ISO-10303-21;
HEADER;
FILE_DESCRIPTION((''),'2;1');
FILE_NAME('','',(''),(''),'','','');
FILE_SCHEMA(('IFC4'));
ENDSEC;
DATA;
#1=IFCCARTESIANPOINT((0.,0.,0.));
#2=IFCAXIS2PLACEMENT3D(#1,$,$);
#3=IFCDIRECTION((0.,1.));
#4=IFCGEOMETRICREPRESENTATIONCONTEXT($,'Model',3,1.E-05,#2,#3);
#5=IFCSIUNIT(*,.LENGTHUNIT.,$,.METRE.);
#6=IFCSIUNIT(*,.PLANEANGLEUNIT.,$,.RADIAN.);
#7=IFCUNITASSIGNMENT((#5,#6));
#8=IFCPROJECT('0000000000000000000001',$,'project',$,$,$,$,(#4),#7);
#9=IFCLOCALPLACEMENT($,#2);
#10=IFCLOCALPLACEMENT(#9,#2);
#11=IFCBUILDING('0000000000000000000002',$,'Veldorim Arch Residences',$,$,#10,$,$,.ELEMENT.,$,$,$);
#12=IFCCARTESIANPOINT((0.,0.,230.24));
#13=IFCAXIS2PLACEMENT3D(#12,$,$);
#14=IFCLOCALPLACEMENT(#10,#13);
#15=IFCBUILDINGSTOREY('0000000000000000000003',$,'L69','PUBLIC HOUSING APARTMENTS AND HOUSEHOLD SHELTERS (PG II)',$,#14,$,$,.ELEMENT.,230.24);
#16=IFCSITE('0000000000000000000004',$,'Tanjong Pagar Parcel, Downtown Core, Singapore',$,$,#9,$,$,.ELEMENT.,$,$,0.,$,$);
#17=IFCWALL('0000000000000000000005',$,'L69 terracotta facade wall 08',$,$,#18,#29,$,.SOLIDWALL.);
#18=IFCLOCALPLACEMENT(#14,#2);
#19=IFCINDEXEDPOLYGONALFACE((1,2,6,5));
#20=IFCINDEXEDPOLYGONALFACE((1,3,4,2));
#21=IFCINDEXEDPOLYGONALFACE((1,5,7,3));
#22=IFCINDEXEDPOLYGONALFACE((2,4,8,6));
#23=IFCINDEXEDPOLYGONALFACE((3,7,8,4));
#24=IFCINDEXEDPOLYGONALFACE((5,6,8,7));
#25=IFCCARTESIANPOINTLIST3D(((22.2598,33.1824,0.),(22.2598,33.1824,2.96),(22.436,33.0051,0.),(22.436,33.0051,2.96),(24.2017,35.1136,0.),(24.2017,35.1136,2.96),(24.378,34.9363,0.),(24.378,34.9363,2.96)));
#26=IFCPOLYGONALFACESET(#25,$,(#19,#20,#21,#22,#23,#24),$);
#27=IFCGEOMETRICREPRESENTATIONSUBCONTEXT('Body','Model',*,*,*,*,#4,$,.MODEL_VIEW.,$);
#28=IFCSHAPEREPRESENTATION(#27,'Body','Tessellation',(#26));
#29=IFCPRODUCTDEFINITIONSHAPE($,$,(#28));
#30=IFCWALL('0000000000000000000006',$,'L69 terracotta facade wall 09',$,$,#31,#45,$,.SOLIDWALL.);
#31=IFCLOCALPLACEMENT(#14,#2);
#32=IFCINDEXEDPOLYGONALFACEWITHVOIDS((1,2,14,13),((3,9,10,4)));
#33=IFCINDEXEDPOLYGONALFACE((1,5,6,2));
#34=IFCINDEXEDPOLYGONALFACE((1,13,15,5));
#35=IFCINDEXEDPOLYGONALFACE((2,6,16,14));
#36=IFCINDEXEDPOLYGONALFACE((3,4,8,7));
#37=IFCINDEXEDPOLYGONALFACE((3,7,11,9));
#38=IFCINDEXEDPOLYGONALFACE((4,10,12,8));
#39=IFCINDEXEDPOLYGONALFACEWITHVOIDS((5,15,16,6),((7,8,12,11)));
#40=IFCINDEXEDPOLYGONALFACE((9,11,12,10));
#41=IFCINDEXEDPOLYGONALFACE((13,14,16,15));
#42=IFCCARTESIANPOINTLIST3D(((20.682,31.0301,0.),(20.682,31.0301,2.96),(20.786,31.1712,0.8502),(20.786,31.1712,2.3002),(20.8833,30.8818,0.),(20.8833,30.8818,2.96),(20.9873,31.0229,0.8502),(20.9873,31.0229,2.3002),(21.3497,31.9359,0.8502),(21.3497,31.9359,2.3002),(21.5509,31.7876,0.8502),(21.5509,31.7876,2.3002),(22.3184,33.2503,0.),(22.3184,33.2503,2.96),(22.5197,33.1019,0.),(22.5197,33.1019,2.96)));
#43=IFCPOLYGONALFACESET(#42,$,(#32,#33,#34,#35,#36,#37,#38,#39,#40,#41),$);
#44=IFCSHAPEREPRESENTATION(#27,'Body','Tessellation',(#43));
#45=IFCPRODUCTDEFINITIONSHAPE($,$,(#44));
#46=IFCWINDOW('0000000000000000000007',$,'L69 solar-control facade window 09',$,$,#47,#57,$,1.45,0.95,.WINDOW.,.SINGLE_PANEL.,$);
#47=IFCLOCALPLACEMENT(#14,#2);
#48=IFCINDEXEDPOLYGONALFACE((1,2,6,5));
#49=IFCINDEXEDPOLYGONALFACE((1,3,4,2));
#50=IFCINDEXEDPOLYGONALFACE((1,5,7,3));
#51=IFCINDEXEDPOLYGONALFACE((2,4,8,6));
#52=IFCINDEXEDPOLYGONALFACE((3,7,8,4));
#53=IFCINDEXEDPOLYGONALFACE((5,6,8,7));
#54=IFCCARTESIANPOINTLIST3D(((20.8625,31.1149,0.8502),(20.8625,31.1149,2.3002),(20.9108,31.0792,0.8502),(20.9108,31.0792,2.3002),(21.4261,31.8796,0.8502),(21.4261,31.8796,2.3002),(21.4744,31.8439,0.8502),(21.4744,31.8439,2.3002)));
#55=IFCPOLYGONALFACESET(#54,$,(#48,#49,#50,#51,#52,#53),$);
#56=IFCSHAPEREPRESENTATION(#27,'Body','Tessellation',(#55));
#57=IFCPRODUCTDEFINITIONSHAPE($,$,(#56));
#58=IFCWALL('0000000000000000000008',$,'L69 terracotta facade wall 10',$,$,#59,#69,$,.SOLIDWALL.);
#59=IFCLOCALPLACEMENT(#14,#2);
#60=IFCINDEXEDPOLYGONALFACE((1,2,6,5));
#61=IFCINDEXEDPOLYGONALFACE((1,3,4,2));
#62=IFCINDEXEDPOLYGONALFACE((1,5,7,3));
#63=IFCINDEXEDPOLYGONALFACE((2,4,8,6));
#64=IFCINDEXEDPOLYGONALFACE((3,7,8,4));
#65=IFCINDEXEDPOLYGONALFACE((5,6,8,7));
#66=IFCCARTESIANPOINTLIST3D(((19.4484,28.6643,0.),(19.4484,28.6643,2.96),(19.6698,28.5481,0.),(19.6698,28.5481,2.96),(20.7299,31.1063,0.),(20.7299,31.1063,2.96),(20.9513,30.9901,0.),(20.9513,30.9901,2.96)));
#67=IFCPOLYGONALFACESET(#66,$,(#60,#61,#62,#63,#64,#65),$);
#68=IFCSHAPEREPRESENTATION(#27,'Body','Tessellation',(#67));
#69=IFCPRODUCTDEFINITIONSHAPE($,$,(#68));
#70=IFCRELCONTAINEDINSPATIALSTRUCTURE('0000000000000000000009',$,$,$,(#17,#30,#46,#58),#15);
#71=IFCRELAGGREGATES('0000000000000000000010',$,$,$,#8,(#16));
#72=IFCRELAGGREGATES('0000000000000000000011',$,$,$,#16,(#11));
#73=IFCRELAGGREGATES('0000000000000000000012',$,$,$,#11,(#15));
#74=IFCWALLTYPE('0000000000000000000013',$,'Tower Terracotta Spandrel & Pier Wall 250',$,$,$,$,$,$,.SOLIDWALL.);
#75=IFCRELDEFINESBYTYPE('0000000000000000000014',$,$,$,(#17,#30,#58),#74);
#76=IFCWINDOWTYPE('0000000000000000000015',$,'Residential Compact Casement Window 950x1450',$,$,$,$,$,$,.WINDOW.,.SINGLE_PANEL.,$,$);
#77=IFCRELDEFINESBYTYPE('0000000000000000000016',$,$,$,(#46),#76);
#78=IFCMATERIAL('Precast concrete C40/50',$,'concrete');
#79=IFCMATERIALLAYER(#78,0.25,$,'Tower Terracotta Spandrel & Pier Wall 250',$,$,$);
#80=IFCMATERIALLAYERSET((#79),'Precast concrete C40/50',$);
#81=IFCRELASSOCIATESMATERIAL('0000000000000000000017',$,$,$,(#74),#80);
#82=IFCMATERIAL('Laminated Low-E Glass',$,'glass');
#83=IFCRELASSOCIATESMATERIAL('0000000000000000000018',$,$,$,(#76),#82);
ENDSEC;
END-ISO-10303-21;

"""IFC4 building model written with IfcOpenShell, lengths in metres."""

from ifc_helpers import new_model, si_unit, direction, frame, frame_2d, origin, place, context, subcontext, project, spatial, rectangle, extrude, material, layer, layer_set, type_object, element, fill, save


model = new_model("IFC4")

# Units and contexts
model_context = context("Model", 3, precision=1e-05, world=origin(), true_north=direction((0.0, 1.0)))
body_context = subcontext(model_context, "Body", "Model", "MODEL_VIEW")
ifc_project = project(units=[si_unit("LENGTHUNIT", "METRE"), si_unit("PLANEANGLEUNIT", "RADIAN")], contexts=[model_context])

# Site, building, storey
site_placement = place(None, origin())
site = spatial("IfcSite", under=ifc_project, at=site_placement, Name="Tanjong Pagar Parcel, Downtown Core, Singapore", CompositionType="ELEMENT", RefElevation=0.0)
building_placement = place(site_placement, origin())
building = spatial("IfcBuilding", under=site, at=building_placement, Name="Veldorim Arch Residences", CompositionType="ELEMENT")
storey_placement = place(building_placement, frame((0.0, 0.0, 230.24)))
storey = spatial("IfcBuildingStorey", under=building, at=storey_placement, Name="L69", Description="PUBLIC HOUSING APARTMENTS AND HOUSEHOLD SHELTERS (PG II)", CompositionType="ELEMENT", Elevation=230.24)

# Shared definitions
ifc_material_1 = material(Name="Precast concrete C40/50", Category="concrete")
ifc_layer_1 = layer(ifc_material_1, 0.25, Name="Tower Terracotta Spandrel & Pier Wall 250")
ifc_layer_set_1 = layer_set([ifc_layer_1], Name="Precast concrete C40/50")
wall_type_1 = type_object("IfcWallType", Name="Tower Terracotta Spandrel & Pier Wall 250", PredefinedType="SOLIDWALL", material=ifc_layer_set_1)

# Wall
wall_1_placement = place(storey_placement, frame((22.3479, 33.0938, 0.0), z_axis=(0.0, 0.0, 1.0), x_axis=(0.709065, 0.705143, 0.0)))
element("IfcWall", 1, at=wall_1_placement, inside=storey, type_object=wall_type_1, Name="L69 terracotta facade wall 08", PredefinedType="SOLIDWALL", context=body_context, shape_type="SweptSolid", body=[
    extrude(rectangle(XDim=2.7388, YDim=0.25, at=frame_2d((1.3694, 0.0))), origin(), (0.0, 0.0, 1.0), 2.96),
])

# Wall, opening, window
wall_2_placement = place(storey_placement, frame((20.7827, 30.9561, 0.0), z_axis=(0.0, 0.0, 1.0), x_axis=(0.593323, 0.804965, 0.0)))
wall_2 = element("IfcWall", 2, at=wall_2_placement, inside=storey, type_object=wall_type_1, Name="L69 terracotta facade wall 09", PredefinedType="SOLIDWALL", context=body_context, shape_type="SweptSolid", body=[
    extrude(rectangle(XDim=2.7581, YDim=0.25, at=frame_2d((1.3789, 0.0))), origin(), (0.0, 0.0, 1.0), 2.96),
])
opening_1_placement = place(wall_2_placement, frame((0.175, 0.0, 0.8501)))
opening_1 = element("IfcOpeningElement", 3, at=opening_1_placement, cuts=wall_2, PredefinedType="OPENING", context=body_context, shape_type="SweptSolid", body=[
    extrude(rectangle(XDim=0.95, YDim=1.45, at=frame_2d((0.4751, 0.7251))), frame((0.0, 0.135, 0.0), z_axis=(0.0, -1.0, 0.0), x_axis=(1.0, 0.0, 0.0)), (0.0, 0.0, 1.0), 0.27),
])
ifc_material_2 = material(Name="Laminated Low-E Glass", Category="glass")
window_type_1 = type_object("IfcWindowType", Name="Residential Compact Casement Window 950x1450", PartitioningType="SINGLE_PANEL", PredefinedType="WINDOW", material=ifc_material_2)
window_1_placement = place(opening_1_placement, origin())
window_1 = element("IfcWindow", 4, at=window_1_placement, inside=storey, type_object=window_type_1, Name="L69 solar-control facade window 09", OverallHeight=1.45, OverallWidth=0.95, PartitioningType="SINGLE_PANEL", PredefinedType="WINDOW", context=body_context, shape_type="SweptSolid", body=[
    extrude(rectangle(XDim=0.95, YDim=1.45, at=frame_2d((0.4751, 0.7251))), frame((0.0, 0.03, 0.0), z_axis=(0.0, -1.0, 0.0), x_axis=(1.0, 0.0, 0.0)), (0.0, 0.0, 1.0), 0.0601),
])
fill(opening_1, window_1)

# Wall
wall_3_placement = place(storey_placement, frame((19.5591, 28.6062, 0.0), z_axis=(0.0, 0.0, 1.0), x_axis=(0.464692, 0.885473, 0.0)))
element("IfcWall", 5, at=wall_3_placement, inside=storey, type_object=wall_type_1, Name="L69 terracotta facade wall 10", PredefinedType="SOLIDWALL", context=body_context, shape_type="SweptSolid", body=[
    extrude(rectangle(XDim=2.7578, YDim=0.25, at=frame_2d((1.3789, 0.0))), origin(), (0.0, 0.0, 1.0), 2.96),
])

save(model, "model.ifc")
